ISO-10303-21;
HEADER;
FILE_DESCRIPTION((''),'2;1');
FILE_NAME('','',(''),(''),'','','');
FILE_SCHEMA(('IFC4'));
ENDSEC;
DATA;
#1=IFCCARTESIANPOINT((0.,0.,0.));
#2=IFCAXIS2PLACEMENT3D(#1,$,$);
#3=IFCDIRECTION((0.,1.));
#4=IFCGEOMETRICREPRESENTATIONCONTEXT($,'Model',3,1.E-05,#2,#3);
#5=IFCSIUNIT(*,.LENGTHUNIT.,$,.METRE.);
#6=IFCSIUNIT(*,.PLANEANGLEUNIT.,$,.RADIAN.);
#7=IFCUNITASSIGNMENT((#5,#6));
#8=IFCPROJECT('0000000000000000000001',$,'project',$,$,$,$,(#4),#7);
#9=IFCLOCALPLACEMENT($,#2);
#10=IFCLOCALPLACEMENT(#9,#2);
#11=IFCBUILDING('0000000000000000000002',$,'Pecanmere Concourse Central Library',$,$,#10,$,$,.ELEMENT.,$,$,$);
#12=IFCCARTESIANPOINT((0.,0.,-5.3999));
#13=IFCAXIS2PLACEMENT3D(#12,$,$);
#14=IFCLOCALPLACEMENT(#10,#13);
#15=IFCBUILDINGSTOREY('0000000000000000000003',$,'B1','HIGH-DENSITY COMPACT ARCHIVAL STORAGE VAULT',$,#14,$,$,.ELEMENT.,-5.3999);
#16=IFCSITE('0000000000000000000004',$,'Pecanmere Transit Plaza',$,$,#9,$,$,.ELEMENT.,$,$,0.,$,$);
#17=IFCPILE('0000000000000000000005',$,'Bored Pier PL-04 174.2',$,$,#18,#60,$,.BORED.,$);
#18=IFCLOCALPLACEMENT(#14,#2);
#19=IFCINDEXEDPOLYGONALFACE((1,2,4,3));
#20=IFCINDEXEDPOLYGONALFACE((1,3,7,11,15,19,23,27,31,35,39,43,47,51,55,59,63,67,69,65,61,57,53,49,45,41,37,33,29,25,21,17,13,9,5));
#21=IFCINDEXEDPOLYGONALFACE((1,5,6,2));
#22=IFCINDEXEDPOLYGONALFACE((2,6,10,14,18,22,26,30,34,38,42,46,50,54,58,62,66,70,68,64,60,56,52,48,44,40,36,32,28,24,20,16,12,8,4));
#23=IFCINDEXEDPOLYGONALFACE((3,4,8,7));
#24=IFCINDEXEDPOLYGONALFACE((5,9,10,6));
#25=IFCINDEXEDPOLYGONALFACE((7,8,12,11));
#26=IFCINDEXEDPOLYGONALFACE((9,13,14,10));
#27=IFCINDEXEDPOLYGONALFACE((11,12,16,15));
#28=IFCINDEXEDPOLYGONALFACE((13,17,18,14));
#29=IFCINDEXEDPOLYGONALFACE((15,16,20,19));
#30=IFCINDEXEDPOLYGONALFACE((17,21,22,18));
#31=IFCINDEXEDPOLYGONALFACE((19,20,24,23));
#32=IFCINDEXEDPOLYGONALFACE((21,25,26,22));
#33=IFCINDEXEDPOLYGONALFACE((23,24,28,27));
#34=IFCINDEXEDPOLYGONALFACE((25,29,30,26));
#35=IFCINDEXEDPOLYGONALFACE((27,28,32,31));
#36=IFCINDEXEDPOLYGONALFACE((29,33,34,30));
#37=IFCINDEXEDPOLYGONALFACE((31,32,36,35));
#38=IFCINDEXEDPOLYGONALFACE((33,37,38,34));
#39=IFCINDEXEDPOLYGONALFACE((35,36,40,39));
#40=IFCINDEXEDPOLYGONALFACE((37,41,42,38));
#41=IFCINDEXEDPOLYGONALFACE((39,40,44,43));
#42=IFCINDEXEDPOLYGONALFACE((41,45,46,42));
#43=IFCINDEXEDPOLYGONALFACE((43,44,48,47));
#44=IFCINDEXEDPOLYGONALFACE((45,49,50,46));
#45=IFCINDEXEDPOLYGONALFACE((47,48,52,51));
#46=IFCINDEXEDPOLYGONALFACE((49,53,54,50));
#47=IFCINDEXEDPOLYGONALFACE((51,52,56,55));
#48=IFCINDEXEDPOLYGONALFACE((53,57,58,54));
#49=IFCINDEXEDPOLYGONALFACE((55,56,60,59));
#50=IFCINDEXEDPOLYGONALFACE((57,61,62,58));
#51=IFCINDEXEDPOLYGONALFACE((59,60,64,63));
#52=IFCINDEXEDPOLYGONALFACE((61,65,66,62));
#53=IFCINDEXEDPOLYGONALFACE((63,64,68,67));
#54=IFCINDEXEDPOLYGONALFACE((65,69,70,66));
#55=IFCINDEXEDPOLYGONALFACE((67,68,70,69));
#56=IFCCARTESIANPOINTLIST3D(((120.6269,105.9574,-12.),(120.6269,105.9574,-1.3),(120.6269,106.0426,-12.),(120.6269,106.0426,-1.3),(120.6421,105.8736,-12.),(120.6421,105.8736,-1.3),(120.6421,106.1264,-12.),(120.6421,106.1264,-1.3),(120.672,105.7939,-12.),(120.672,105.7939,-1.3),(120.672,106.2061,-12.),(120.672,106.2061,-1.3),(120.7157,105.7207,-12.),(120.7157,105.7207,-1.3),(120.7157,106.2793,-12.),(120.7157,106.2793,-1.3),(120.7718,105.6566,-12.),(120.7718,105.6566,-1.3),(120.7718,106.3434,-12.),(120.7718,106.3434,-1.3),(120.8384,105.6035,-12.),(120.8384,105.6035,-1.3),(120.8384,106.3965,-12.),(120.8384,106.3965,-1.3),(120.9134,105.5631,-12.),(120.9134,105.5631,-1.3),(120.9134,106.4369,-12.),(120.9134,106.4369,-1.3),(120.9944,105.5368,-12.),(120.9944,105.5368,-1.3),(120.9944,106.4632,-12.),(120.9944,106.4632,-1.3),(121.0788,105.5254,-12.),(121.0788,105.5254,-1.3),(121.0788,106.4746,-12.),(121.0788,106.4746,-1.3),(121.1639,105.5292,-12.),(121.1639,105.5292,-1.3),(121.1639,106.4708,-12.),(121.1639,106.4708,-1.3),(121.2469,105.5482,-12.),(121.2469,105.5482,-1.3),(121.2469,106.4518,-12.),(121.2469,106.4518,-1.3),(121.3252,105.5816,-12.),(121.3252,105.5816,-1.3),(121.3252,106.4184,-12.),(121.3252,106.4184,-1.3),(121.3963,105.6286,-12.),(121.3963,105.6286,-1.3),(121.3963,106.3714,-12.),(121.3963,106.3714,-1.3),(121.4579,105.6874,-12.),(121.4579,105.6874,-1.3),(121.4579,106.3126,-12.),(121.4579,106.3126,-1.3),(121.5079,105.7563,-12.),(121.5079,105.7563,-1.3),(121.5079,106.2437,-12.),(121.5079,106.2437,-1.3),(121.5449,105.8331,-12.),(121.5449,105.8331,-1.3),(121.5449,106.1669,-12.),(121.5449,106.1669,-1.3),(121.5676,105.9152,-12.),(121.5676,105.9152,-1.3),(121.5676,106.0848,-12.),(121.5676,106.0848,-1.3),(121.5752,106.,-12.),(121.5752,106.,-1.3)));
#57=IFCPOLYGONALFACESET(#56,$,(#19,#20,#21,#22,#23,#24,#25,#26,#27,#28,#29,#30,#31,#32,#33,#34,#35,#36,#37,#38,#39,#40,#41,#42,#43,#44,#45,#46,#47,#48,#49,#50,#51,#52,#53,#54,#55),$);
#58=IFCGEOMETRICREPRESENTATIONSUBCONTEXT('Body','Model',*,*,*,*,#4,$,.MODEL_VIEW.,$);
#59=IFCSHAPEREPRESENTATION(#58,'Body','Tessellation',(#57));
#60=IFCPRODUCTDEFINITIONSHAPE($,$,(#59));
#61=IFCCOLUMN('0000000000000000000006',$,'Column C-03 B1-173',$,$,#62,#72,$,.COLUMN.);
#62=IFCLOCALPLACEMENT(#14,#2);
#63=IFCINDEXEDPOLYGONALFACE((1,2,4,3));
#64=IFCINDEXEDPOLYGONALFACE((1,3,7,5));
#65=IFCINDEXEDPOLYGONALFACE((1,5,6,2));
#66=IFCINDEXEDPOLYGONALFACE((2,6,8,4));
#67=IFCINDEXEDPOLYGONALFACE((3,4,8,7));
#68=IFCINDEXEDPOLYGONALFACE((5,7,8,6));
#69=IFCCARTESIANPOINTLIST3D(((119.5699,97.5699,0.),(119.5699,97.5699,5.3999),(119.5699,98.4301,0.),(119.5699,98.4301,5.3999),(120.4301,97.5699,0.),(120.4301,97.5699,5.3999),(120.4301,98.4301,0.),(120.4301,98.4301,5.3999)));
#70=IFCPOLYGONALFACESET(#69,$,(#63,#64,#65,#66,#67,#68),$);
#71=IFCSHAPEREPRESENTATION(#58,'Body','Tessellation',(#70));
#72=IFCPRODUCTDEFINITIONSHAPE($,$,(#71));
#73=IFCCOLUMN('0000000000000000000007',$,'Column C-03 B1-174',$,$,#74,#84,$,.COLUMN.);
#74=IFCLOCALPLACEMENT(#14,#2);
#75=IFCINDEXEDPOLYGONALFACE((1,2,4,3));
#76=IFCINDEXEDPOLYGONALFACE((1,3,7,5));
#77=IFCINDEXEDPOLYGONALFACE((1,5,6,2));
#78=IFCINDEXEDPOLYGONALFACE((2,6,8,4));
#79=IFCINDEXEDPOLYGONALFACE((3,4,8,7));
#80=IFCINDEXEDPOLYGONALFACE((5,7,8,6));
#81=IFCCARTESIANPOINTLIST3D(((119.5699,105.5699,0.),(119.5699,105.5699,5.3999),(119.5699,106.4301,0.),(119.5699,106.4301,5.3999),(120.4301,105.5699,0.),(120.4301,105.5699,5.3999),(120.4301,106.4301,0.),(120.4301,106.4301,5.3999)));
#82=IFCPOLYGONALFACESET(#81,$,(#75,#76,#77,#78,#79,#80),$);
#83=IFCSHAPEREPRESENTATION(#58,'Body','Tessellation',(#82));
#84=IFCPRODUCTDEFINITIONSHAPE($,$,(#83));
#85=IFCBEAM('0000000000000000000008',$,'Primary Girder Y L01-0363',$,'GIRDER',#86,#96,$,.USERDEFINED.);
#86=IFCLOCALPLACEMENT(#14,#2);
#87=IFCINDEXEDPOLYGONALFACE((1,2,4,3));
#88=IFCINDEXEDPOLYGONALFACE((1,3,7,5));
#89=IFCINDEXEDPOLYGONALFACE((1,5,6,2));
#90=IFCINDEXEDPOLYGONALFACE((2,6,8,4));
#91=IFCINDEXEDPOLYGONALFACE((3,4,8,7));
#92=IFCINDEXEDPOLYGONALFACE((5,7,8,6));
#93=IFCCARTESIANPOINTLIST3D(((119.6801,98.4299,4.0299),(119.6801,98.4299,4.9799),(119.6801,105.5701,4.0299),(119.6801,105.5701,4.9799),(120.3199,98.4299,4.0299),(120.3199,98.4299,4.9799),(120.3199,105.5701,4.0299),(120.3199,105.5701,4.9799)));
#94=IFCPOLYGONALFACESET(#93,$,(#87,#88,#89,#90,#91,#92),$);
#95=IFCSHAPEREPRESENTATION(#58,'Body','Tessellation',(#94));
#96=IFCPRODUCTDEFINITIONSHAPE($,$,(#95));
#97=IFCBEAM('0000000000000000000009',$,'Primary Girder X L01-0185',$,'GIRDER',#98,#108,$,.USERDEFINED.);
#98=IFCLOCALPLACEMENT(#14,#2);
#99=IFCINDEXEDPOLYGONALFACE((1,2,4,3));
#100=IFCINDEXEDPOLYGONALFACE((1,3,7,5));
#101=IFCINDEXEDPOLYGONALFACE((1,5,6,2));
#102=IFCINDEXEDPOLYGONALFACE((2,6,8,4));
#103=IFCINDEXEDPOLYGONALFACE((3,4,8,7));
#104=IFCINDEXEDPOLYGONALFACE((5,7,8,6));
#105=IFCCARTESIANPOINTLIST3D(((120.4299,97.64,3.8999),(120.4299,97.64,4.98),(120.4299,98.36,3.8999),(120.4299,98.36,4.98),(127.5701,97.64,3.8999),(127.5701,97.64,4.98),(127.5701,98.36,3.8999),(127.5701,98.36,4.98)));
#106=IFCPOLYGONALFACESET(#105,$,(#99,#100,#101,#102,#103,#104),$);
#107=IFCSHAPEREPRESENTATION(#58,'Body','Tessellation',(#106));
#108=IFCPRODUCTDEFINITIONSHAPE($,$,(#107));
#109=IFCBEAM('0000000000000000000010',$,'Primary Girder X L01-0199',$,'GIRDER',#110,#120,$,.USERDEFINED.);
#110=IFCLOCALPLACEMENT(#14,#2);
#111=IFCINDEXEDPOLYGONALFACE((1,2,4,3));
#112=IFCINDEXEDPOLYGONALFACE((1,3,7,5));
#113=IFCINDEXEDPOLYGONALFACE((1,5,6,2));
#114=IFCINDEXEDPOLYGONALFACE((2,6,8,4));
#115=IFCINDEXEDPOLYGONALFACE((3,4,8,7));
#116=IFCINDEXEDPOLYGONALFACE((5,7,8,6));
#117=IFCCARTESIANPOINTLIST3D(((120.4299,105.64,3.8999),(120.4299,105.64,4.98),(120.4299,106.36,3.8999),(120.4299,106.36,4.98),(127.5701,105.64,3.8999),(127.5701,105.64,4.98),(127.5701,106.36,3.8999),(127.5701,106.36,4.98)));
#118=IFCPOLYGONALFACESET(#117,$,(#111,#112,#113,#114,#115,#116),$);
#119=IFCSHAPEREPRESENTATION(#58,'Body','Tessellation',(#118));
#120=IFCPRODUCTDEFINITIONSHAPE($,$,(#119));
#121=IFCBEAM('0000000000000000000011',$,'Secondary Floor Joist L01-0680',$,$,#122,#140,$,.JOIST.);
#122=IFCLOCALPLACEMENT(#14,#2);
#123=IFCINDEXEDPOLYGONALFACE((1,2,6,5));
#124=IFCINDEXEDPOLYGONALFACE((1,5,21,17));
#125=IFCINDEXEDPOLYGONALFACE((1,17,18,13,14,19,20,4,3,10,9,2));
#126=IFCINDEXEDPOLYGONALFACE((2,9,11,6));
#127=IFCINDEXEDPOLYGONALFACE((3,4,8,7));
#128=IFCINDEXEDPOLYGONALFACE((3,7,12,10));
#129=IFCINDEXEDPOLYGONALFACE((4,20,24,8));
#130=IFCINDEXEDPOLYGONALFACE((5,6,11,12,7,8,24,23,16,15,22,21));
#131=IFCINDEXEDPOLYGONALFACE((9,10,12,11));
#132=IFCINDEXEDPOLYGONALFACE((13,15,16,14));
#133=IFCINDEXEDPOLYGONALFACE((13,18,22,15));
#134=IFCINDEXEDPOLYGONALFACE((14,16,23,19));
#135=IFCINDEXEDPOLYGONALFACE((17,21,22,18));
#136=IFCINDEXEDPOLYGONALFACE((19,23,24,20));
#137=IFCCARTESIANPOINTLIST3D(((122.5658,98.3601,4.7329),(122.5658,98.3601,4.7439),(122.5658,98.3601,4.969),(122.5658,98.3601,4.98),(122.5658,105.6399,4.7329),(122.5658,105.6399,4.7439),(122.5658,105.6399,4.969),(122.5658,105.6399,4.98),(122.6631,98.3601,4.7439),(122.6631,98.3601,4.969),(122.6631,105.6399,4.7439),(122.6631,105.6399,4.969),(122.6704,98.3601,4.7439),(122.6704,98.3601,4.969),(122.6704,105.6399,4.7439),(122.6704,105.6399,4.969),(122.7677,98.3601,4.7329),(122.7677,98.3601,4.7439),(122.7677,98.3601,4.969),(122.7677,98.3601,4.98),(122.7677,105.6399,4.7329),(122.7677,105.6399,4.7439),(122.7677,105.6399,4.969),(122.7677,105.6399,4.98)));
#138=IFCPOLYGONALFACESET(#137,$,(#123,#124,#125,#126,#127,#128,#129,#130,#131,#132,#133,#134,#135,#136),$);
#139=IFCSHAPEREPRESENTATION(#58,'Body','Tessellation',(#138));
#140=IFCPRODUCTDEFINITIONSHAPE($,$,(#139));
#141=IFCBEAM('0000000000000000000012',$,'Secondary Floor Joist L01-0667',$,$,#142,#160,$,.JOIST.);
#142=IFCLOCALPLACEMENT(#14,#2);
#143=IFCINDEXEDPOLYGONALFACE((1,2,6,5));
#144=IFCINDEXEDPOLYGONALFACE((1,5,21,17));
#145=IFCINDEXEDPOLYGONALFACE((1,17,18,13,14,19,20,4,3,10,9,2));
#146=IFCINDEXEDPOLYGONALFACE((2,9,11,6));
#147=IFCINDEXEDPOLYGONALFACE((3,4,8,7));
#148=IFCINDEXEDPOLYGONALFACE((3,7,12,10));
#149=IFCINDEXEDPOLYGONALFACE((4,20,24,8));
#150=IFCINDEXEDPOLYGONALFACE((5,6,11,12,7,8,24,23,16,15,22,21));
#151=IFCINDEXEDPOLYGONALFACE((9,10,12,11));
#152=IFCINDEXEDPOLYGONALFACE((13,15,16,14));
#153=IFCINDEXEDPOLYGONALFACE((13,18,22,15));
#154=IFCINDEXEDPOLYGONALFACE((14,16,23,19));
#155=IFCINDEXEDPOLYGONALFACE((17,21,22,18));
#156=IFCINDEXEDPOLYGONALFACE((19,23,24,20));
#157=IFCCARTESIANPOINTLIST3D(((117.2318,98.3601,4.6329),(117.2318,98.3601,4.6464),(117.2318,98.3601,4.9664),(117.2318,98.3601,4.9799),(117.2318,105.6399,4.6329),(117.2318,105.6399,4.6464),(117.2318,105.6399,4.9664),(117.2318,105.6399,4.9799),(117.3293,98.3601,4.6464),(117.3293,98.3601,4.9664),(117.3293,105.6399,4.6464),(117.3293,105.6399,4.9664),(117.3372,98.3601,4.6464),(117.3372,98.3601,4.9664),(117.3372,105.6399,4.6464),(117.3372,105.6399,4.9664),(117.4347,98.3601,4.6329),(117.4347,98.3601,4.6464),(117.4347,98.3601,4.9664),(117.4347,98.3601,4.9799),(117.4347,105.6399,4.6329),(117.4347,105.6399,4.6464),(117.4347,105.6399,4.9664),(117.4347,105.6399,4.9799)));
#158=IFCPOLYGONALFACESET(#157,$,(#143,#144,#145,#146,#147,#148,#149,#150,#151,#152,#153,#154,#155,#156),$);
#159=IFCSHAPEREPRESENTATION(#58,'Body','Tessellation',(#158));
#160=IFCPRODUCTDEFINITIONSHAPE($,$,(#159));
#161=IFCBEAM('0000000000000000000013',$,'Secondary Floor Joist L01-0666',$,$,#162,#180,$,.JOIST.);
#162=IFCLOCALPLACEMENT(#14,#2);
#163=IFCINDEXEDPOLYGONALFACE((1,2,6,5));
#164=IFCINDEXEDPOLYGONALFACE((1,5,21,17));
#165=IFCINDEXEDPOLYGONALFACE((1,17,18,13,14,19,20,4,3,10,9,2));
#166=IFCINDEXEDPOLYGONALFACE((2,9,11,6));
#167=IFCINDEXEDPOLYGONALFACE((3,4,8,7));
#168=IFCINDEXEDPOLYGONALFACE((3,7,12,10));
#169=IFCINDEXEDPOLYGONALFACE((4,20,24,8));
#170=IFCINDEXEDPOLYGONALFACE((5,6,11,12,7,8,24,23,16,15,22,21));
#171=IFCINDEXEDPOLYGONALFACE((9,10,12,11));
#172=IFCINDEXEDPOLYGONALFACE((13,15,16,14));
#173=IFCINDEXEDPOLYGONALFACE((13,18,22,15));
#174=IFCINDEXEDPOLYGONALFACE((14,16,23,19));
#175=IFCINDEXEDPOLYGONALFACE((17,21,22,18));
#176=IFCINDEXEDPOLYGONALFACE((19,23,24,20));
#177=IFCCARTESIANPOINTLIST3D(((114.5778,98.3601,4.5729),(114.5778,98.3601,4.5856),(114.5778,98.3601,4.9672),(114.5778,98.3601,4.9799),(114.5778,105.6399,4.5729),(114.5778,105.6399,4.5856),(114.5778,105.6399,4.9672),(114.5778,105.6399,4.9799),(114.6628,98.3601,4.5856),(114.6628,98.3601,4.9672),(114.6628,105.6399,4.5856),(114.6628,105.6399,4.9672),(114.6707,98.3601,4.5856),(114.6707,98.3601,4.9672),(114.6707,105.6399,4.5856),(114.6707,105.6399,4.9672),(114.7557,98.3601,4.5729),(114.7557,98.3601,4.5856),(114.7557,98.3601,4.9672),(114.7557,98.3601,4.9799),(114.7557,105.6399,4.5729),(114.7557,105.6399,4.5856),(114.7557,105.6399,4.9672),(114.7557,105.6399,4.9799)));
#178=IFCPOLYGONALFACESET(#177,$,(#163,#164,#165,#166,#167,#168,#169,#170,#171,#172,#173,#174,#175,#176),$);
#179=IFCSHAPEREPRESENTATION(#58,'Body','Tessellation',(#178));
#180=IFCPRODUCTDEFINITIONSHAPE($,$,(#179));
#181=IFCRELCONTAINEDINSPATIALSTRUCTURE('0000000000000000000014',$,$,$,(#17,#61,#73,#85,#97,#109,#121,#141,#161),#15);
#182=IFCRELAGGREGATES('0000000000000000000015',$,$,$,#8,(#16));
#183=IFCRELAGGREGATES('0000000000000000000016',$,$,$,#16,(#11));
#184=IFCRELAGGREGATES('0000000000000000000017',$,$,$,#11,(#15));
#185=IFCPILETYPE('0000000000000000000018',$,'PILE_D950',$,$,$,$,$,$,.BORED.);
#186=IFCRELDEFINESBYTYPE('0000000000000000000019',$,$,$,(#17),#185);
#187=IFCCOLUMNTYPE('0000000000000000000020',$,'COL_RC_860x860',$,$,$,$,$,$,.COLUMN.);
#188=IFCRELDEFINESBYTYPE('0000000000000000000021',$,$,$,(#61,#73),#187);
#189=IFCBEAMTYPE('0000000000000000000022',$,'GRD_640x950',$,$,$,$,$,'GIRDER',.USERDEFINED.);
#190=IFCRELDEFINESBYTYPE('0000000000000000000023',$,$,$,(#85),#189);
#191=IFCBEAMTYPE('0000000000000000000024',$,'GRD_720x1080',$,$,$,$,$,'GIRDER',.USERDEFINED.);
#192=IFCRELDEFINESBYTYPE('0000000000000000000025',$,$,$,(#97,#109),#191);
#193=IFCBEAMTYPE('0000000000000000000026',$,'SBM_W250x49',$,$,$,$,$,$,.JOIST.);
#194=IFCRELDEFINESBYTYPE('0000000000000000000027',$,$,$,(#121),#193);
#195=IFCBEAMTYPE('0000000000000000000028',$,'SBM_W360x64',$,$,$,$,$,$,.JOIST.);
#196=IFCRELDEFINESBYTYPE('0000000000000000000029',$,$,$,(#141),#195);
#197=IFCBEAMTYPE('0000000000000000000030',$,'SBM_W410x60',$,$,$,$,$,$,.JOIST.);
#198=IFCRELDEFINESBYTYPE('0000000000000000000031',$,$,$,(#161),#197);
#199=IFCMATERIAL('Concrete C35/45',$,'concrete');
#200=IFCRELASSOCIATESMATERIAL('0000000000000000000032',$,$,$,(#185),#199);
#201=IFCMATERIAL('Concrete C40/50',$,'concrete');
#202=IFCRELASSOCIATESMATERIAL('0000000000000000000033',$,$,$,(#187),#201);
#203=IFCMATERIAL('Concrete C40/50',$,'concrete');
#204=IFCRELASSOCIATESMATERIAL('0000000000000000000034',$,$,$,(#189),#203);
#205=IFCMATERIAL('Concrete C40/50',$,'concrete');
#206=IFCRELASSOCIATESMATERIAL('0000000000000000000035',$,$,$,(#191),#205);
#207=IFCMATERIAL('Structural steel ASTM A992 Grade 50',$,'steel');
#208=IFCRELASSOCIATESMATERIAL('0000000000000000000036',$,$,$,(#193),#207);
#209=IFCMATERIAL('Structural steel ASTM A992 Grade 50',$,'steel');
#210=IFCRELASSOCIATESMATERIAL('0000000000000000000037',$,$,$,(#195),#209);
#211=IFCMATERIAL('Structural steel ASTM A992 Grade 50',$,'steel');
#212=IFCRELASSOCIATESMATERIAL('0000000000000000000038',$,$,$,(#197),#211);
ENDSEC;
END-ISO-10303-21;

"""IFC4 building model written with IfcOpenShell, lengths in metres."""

from ifc_helpers import new_model, si_unit, direction, frame, origin, origin_2d, place, context, subcontext, project, spatial, rectangle, circle, i_section, extrude, material, material_profile, profile_set, type_object, element, save


model = new_model("IFC4")

# Units and contexts
model_context = context("Model", 3, precision=1e-05, world=origin(), true_north=direction((0.0, 1.0)))
body_context = subcontext(model_context, "Body", "Model", "MODEL_VIEW")
ifc_project = project(units=[si_unit("LENGTHUNIT", "METRE"), si_unit("PLANEANGLEUNIT", "RADIAN")], contexts=[model_context])

# Site, building, storey
site_placement = place(None, origin())
site = spatial("IfcSite", under=ifc_project, at=site_placement, Name="Pecanmere Transit Plaza", CompositionType="ELEMENT", RefElevation=0.0)
building_placement = place(site_placement, origin())
building = spatial("IfcBuilding", under=site, at=building_placement, Name="Pecanmere Concourse Central Library", CompositionType="ELEMENT")
storey_placement = place(building_placement, frame((0.0, 0.0, -5.3999)))
storey = spatial("IfcBuildingStorey", under=building, at=storey_placement, Name="B1", Description="HIGH-DENSITY COMPACT ARCHIVAL STORAGE VAULT", CompositionType="ELEMENT", Elevation=-5.3999)

# Pile
ifc_material_1 = material(Name="Concrete C35/45", Category="concrete")
ifc_material_profile_1 = material_profile(ifc_material_1, circle(Radius=0.4751, at=origin_2d()), Name="PIER D950")
ifc_profile_set_1 = profile_set([ifc_material_profile_1], Name="Concrete C35/45")
pile_type_1 = type_object("IfcPileType", Name="PILE_D950", PredefinedType="BORED", material=ifc_profile_set_1)
for number, where, z_axis, x_axis, name in (
    (1, (121.1001, 106.0, -1.3), (0.0, 0.0, -1.0), (1.0, 0.0, 0.0), "Bored Pier PL-04 174.2"),
):
    element("IfcPile", number, at=place(storey_placement, frame(where, z_axis=z_axis, x_axis=x_axis)), inside=storey, type_object=pile_type_1, Name=name, PredefinedType="BORED", context=body_context, shape_type="SweptSolid", body=[
        extrude(circle(Radius=0.4751, at=origin_2d()), origin(), (0.0, 0.0, 1.0), 10.7),
    ])

# Columns
ifc_material_2 = material(Name="Concrete C40/50", Category="concrete")
ifc_material_profile_2 = material_profile(ifc_material_2, rectangle(XDim=0.8601, YDim=0.8601, at=origin_2d()), Name="RC 860x860")
ifc_profile_set_2 = profile_set([ifc_material_profile_2], Name="Concrete C40/50")
column_type = type_object("IfcColumnType", Name="COL_RC_860x860", PredefinedType="COLUMN", material=ifc_profile_set_2)
for number, where, z_axis, x_axis, name in (
    (2, (120.0, 98.0, 0.0), (0.0, 0.0, 1.0), (1.0, 0.0, 0.0), "Column C-03 B1-173"),
    (3, (120.0, 106.0, 0.0), (0.0, 0.0, 1.0), (1.0, 0.0, 0.0), "Column C-03 B1-174"),
):
    element("IfcColumn", number, at=place(storey_placement, frame(where, z_axis=z_axis, x_axis=x_axis)), inside=storey, type_object=column_type, Name=name, PredefinedType="COLUMN", context=body_context, shape_type="SweptSolid", body=[
        extrude(rectangle(XDim=0.8601, YDim=0.8601, at=origin_2d()), origin(), (0.0, 0.0, 1.0), 5.3999),
    ])

# Beams
ifc_material_3 = material(Name="Concrete C40/50", Category="concrete")
ifc_material_profile_3 = material_profile(ifc_material_3, rectangle(XDim=0.6399, YDim=0.95, at=origin_2d()), Name="RC 640x950")
ifc_profile_set_3 = profile_set([ifc_material_profile_3], Name="Concrete C40/50")
beam_type_1 = type_object("IfcBeamType", Name="GRD_640x950", ElementType="GIRDER", PredefinedType="USERDEFINED", material=ifc_profile_set_3)
beam_1_placement = place(storey_placement, frame((120.0, 98.4299, 4.5049), z_axis=(0.0, 1.0, 0.0), x_axis=(-1.0, 0.0, 0.0)))
element("IfcBeam", 4, at=beam_1_placement, inside=storey, type_object=beam_type_1, Name="Primary Girder Y L01-0363", ObjectType="GIRDER", PredefinedType="USERDEFINED", context=body_context, shape_type="SweptSolid", body=[
    extrude(rectangle(XDim=0.6399, YDim=0.95, at=origin_2d()), origin(), (0.0, 0.0, 1.0), 7.1401),
])
ifc_material_4 = material(Name="Concrete C40/50", Category="concrete")
ifc_material_profile_4 = material_profile(ifc_material_4, rectangle(XDim=0.72, YDim=1.0801, at=origin_2d()), Name="RC 720x1080")
ifc_profile_set_4 = profile_set([ifc_material_profile_4], Name="Concrete C40/50")
beam_type_2 = type_object("IfcBeamType", Name="GRD_720x1080", ElementType="GIRDER", PredefinedType="USERDEFINED", material=ifc_profile_set_4)
for number, where, z_axis, x_axis, name in (
    (5, (120.4299, 98.0, 4.4399), (1.0, 0.0, 0.0), (0.0, 1.0, 0.0), "Primary Girder X L01-0185"),
    (6, (120.4299, 106.0, 4.4399), (1.0, 0.0, 0.0), (0.0, 1.0, 0.0), "Primary Girder X L01-0199"),
):
    element("IfcBeam", number, at=place(storey_placement, frame(where, z_axis=z_axis, x_axis=x_axis)), inside=storey, type_object=beam_type_2, Name=name, ObjectType="GIRDER", PredefinedType="USERDEFINED", context=body_context, shape_type="SweptSolid", body=[
        extrude(rectangle(XDim=0.72, YDim=1.0801, at=origin_2d()), origin(), (0.0, 0.0, 1.0), 7.1401),
    ])
ifc_material_5 = material(Name="Structural steel ASTM A992 Grade 50", Category="steel")
ifc_material_profile_5 = material_profile(ifc_material_5, i_section(OverallWidth=0.2019, OverallDepth=0.2471, WebThickness=0.0073, FlangeThickness=0.011, at=origin_2d()), Name="W250x49.1")
ifc_profile_set_5 = profile_set([ifc_material_profile_5], Name="Structural steel ASTM A992 Grade 50")
beam_type_3 = type_object("IfcBeamType", Name="SBM_W250x49", PredefinedType="JOIST", material=ifc_profile_set_5)
beam_2_placement = place(storey_placement, frame((122.6667, 98.3601, 4.8564), z_axis=(0.0, 1.0, 0.0), x_axis=(-1.0, 0.0, 0.0)))
element("IfcBeam", 7, at=beam_2_placement, inside=storey, type_object=beam_type_3, Name="Secondary Floor Joist L01-0680", PredefinedType="JOIST", context=body_context, shape_type="SweptSolid", body=[
    extrude(i_section(OverallWidth=0.2019, OverallDepth=0.2471, WebThickness=0.0073, FlangeThickness=0.011, at=origin_2d()), origin(), (0.0, 0.0, 1.0), 7.2798),
])
ifc_material_6 = material(Name="Structural steel ASTM A992 Grade 50", Category="steel")
ifc_material_profile_6 = material_profile(ifc_material_6, i_section(OverallWidth=0.2029, OverallDepth=0.3469, WebThickness=0.0078, FlangeThickness=0.0134, at=origin_2d()), Name="W360x64")
ifc_profile_set_6 = profile_set([ifc_material_profile_6], Name="Structural steel ASTM A992 Grade 50")
beam_type_4 = type_object("IfcBeamType", Name="SBM_W360x64", PredefinedType="JOIST", material=ifc_profile_set_6)
beam_3_placement = place(storey_placement, frame((117.3333, 98.3601, 4.8064), z_axis=(0.0, 1.0, 0.0), x_axis=(-1.0, 0.0, 0.0)))
element("IfcBeam", 8, at=beam_3_placement, inside=storey, type_object=beam_type_4, Name="Secondary Floor Joist L01-0667", PredefinedType="JOIST", context=body_context, shape_type="SweptSolid", body=[
    extrude(i_section(OverallWidth=0.2029, OverallDepth=0.3469, WebThickness=0.0078, FlangeThickness=0.0134, at=origin_2d()), origin(), (0.0, 0.0, 1.0), 7.2798),
])
ifc_material_7 = material(Name="Structural steel ASTM A992 Grade 50", Category="steel")
ifc_material_profile_7 = material_profile(ifc_material_7, i_section(OverallWidth=0.178, OverallDepth=0.407, WebThickness=0.0078, FlangeThickness=0.0127, at=origin_2d()), Name="W410x60")
ifc_profile_set_7 = profile_set([ifc_material_profile_7], Name="Structural steel ASTM A992 Grade 50")
beam_type_5 = type_object("IfcBeamType", Name="SBM_W410x60", PredefinedType="JOIST", material=ifc_profile_set_7)
beam_4_placement = place(storey_placement, frame((114.6667, 98.3601, 4.7764), z_axis=(0.0, 1.0, 0.0), x_axis=(-1.0, 0.0, 0.0)))
element("IfcBeam", 9, at=beam_4_placement, inside=storey, type_object=beam_type_5, Name="Secondary Floor Joist L01-0666", PredefinedType="JOIST", context=body_context, shape_type="SweptSolid", body=[
    extrude(i_section(OverallWidth=0.178, OverallDepth=0.407, WebThickness=0.0078, FlangeThickness=0.0127, at=origin_2d()), origin(), (0.0, 0.0, 1.0), 7.2798),
])

save(model, "model.ifc")
